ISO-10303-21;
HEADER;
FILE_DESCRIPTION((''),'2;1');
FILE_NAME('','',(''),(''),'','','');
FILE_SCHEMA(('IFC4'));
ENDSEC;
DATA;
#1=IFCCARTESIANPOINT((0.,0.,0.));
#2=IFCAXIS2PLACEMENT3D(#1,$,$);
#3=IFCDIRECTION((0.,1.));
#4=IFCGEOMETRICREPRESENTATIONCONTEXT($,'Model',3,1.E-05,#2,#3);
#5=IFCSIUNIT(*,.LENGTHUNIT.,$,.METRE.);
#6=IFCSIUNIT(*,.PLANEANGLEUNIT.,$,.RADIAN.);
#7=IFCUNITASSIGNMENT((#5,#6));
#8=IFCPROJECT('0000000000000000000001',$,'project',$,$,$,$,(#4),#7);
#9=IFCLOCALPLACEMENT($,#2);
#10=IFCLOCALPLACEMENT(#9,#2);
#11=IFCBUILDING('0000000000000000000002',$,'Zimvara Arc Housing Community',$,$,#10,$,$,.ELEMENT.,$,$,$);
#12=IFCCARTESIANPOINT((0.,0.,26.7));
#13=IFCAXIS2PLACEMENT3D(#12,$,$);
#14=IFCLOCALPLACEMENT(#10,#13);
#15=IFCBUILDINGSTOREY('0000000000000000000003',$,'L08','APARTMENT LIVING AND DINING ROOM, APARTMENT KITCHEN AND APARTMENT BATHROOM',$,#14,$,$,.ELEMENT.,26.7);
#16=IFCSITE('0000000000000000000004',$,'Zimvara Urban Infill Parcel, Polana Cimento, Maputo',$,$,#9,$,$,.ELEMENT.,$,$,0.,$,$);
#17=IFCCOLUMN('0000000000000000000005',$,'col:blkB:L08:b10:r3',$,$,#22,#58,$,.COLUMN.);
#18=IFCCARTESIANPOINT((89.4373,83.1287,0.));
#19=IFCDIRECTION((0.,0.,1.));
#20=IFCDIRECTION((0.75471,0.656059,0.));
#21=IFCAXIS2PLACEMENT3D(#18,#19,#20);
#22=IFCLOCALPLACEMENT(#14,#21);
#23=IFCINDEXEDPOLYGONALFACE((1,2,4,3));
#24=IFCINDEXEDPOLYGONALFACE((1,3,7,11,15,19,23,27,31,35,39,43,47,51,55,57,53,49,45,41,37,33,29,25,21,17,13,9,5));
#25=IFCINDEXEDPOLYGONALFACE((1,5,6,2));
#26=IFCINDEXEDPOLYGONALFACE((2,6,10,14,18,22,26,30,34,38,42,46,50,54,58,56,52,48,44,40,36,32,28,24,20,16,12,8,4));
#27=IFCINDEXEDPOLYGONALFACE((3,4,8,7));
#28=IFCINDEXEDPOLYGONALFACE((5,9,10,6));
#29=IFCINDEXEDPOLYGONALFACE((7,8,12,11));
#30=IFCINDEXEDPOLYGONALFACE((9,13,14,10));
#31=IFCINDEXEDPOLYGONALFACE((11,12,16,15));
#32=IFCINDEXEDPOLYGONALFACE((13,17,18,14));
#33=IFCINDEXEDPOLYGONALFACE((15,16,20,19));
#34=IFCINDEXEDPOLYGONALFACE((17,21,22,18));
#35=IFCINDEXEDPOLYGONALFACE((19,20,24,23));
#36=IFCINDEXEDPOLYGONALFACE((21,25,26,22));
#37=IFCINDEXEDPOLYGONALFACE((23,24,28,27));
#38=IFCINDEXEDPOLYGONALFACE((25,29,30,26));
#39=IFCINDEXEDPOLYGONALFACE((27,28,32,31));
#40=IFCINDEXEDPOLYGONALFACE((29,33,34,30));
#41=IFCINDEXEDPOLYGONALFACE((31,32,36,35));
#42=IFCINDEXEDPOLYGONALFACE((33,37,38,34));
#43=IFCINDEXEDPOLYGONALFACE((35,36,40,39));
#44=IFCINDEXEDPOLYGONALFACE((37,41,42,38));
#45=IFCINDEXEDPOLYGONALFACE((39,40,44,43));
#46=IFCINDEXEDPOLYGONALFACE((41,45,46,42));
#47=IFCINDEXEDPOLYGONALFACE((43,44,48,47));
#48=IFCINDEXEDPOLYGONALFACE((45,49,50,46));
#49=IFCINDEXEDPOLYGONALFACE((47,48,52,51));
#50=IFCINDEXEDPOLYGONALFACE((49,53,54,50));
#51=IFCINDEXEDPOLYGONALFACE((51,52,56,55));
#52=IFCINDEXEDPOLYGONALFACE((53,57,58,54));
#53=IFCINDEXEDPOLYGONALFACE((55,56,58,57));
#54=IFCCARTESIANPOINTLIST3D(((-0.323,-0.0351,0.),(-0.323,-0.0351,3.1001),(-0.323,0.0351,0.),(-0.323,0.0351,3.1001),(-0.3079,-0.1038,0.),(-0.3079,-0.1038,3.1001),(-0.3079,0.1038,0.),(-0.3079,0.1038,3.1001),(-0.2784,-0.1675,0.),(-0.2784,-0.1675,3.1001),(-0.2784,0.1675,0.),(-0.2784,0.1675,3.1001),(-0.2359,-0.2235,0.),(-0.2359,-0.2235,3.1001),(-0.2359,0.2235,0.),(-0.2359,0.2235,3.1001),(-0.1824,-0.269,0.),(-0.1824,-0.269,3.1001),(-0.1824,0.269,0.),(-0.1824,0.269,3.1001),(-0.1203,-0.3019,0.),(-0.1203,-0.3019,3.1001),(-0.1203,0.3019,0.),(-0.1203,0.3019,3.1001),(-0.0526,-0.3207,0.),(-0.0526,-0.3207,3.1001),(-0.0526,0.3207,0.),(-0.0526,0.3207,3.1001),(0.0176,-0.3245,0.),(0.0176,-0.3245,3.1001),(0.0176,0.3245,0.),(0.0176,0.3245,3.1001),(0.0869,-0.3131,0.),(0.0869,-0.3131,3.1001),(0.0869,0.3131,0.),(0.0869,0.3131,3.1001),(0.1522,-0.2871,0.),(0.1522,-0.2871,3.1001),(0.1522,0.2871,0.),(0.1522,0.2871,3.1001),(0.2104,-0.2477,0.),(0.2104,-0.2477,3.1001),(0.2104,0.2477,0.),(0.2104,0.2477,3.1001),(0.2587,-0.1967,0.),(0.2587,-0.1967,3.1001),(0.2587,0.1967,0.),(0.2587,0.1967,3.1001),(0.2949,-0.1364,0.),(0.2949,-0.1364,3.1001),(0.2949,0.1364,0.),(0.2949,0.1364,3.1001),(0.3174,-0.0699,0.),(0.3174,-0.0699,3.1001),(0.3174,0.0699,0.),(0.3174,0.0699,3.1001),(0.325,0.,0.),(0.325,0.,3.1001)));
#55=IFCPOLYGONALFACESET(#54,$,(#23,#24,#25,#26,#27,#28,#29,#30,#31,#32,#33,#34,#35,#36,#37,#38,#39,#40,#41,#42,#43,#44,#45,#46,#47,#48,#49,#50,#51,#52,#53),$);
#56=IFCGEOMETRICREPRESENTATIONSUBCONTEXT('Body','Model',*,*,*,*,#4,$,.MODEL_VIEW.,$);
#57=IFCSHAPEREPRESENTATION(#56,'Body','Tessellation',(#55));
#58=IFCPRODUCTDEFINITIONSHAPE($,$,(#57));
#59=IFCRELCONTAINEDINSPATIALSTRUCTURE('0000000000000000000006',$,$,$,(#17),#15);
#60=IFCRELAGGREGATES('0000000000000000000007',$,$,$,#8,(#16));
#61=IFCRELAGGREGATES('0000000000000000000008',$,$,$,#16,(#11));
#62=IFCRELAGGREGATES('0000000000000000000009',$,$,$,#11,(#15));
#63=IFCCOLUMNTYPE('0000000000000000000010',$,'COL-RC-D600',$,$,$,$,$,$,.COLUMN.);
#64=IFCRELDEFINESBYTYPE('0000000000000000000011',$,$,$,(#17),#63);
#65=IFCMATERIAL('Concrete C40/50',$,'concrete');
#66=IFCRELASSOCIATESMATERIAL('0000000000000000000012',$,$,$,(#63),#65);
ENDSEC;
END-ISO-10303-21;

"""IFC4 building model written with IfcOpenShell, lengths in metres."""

from ifc_helpers import new_model, si_unit, direction, frame, origin, origin_2d, place, context, subcontext, project, spatial, circle, extrude, material, material_profile, profile_set, type_object, element, save


model = new_model("IFC4")

# Units and contexts
model_context = context("Model", 3, precision=1e-05, world=origin(), true_north=direction((0.0, 1.0)))
body_context = subcontext(model_context, "Body", "Model", "MODEL_VIEW")
ifc_project = project(units=[si_unit("LENGTHUNIT", "METRE"), si_unit("PLANEANGLEUNIT", "RADIAN")], contexts=[model_context])

# Site, building, storey
site_placement = place(None, origin())
site = spatial("IfcSite", under=ifc_project, at=site_placement, Name="Zimvara Urban Infill Parcel, Polana Cimento, Maputo", CompositionType="ELEMENT", RefElevation=0.0)
building_placement = place(site_placement, origin())
building = spatial("IfcBuilding", under=site, at=building_placement, Name="Zimvara Arc Housing Community", CompositionType="ELEMENT")
storey_placement = place(building_placement, frame((0.0, 0.0, 26.7)))
storey = spatial("IfcBuildingStorey", under=building, at=storey_placement, Name="L08", Description="APARTMENT LIVING AND DINING ROOM, APARTMENT KITCHEN AND APARTMENT BATHROOM", CompositionType="ELEMENT", Elevation=26.7)

# Column
ifc_material_1 = material(Name="Concrete C40/50", Category="concrete")
ifc_material_profile_1 = material_profile(ifc_material_1, circle(Radius=0.325, at=origin_2d()), Name="RC D650")
ifc_profile_set_1 = profile_set([ifc_material_profile_1], Name="Concrete C40/50")
column_type_1 = type_object("IfcColumnType", Name="COL-RC-D600", PredefinedType="COLUMN", material=ifc_profile_set_1)
column_1_placement = place(storey_placement, frame((89.4373, 83.1287, 0.0), z_axis=(0.0, 0.0, 1.0), x_axis=(0.75471, 0.656059, 0.0)))
element("IfcColumn", 1, at=column_1_placement, inside=storey, type_object=column_type_1, Name="col:blkB:L08:b10:r3", PredefinedType="COLUMN", context=body_context, shape_type="SweptSolid", body=[
    extrude(circle(Radius=0.325, at=origin_2d()), origin(), (0.0, 0.0, 1.0), 3.1001),
])

save(model, "model.ifc")
